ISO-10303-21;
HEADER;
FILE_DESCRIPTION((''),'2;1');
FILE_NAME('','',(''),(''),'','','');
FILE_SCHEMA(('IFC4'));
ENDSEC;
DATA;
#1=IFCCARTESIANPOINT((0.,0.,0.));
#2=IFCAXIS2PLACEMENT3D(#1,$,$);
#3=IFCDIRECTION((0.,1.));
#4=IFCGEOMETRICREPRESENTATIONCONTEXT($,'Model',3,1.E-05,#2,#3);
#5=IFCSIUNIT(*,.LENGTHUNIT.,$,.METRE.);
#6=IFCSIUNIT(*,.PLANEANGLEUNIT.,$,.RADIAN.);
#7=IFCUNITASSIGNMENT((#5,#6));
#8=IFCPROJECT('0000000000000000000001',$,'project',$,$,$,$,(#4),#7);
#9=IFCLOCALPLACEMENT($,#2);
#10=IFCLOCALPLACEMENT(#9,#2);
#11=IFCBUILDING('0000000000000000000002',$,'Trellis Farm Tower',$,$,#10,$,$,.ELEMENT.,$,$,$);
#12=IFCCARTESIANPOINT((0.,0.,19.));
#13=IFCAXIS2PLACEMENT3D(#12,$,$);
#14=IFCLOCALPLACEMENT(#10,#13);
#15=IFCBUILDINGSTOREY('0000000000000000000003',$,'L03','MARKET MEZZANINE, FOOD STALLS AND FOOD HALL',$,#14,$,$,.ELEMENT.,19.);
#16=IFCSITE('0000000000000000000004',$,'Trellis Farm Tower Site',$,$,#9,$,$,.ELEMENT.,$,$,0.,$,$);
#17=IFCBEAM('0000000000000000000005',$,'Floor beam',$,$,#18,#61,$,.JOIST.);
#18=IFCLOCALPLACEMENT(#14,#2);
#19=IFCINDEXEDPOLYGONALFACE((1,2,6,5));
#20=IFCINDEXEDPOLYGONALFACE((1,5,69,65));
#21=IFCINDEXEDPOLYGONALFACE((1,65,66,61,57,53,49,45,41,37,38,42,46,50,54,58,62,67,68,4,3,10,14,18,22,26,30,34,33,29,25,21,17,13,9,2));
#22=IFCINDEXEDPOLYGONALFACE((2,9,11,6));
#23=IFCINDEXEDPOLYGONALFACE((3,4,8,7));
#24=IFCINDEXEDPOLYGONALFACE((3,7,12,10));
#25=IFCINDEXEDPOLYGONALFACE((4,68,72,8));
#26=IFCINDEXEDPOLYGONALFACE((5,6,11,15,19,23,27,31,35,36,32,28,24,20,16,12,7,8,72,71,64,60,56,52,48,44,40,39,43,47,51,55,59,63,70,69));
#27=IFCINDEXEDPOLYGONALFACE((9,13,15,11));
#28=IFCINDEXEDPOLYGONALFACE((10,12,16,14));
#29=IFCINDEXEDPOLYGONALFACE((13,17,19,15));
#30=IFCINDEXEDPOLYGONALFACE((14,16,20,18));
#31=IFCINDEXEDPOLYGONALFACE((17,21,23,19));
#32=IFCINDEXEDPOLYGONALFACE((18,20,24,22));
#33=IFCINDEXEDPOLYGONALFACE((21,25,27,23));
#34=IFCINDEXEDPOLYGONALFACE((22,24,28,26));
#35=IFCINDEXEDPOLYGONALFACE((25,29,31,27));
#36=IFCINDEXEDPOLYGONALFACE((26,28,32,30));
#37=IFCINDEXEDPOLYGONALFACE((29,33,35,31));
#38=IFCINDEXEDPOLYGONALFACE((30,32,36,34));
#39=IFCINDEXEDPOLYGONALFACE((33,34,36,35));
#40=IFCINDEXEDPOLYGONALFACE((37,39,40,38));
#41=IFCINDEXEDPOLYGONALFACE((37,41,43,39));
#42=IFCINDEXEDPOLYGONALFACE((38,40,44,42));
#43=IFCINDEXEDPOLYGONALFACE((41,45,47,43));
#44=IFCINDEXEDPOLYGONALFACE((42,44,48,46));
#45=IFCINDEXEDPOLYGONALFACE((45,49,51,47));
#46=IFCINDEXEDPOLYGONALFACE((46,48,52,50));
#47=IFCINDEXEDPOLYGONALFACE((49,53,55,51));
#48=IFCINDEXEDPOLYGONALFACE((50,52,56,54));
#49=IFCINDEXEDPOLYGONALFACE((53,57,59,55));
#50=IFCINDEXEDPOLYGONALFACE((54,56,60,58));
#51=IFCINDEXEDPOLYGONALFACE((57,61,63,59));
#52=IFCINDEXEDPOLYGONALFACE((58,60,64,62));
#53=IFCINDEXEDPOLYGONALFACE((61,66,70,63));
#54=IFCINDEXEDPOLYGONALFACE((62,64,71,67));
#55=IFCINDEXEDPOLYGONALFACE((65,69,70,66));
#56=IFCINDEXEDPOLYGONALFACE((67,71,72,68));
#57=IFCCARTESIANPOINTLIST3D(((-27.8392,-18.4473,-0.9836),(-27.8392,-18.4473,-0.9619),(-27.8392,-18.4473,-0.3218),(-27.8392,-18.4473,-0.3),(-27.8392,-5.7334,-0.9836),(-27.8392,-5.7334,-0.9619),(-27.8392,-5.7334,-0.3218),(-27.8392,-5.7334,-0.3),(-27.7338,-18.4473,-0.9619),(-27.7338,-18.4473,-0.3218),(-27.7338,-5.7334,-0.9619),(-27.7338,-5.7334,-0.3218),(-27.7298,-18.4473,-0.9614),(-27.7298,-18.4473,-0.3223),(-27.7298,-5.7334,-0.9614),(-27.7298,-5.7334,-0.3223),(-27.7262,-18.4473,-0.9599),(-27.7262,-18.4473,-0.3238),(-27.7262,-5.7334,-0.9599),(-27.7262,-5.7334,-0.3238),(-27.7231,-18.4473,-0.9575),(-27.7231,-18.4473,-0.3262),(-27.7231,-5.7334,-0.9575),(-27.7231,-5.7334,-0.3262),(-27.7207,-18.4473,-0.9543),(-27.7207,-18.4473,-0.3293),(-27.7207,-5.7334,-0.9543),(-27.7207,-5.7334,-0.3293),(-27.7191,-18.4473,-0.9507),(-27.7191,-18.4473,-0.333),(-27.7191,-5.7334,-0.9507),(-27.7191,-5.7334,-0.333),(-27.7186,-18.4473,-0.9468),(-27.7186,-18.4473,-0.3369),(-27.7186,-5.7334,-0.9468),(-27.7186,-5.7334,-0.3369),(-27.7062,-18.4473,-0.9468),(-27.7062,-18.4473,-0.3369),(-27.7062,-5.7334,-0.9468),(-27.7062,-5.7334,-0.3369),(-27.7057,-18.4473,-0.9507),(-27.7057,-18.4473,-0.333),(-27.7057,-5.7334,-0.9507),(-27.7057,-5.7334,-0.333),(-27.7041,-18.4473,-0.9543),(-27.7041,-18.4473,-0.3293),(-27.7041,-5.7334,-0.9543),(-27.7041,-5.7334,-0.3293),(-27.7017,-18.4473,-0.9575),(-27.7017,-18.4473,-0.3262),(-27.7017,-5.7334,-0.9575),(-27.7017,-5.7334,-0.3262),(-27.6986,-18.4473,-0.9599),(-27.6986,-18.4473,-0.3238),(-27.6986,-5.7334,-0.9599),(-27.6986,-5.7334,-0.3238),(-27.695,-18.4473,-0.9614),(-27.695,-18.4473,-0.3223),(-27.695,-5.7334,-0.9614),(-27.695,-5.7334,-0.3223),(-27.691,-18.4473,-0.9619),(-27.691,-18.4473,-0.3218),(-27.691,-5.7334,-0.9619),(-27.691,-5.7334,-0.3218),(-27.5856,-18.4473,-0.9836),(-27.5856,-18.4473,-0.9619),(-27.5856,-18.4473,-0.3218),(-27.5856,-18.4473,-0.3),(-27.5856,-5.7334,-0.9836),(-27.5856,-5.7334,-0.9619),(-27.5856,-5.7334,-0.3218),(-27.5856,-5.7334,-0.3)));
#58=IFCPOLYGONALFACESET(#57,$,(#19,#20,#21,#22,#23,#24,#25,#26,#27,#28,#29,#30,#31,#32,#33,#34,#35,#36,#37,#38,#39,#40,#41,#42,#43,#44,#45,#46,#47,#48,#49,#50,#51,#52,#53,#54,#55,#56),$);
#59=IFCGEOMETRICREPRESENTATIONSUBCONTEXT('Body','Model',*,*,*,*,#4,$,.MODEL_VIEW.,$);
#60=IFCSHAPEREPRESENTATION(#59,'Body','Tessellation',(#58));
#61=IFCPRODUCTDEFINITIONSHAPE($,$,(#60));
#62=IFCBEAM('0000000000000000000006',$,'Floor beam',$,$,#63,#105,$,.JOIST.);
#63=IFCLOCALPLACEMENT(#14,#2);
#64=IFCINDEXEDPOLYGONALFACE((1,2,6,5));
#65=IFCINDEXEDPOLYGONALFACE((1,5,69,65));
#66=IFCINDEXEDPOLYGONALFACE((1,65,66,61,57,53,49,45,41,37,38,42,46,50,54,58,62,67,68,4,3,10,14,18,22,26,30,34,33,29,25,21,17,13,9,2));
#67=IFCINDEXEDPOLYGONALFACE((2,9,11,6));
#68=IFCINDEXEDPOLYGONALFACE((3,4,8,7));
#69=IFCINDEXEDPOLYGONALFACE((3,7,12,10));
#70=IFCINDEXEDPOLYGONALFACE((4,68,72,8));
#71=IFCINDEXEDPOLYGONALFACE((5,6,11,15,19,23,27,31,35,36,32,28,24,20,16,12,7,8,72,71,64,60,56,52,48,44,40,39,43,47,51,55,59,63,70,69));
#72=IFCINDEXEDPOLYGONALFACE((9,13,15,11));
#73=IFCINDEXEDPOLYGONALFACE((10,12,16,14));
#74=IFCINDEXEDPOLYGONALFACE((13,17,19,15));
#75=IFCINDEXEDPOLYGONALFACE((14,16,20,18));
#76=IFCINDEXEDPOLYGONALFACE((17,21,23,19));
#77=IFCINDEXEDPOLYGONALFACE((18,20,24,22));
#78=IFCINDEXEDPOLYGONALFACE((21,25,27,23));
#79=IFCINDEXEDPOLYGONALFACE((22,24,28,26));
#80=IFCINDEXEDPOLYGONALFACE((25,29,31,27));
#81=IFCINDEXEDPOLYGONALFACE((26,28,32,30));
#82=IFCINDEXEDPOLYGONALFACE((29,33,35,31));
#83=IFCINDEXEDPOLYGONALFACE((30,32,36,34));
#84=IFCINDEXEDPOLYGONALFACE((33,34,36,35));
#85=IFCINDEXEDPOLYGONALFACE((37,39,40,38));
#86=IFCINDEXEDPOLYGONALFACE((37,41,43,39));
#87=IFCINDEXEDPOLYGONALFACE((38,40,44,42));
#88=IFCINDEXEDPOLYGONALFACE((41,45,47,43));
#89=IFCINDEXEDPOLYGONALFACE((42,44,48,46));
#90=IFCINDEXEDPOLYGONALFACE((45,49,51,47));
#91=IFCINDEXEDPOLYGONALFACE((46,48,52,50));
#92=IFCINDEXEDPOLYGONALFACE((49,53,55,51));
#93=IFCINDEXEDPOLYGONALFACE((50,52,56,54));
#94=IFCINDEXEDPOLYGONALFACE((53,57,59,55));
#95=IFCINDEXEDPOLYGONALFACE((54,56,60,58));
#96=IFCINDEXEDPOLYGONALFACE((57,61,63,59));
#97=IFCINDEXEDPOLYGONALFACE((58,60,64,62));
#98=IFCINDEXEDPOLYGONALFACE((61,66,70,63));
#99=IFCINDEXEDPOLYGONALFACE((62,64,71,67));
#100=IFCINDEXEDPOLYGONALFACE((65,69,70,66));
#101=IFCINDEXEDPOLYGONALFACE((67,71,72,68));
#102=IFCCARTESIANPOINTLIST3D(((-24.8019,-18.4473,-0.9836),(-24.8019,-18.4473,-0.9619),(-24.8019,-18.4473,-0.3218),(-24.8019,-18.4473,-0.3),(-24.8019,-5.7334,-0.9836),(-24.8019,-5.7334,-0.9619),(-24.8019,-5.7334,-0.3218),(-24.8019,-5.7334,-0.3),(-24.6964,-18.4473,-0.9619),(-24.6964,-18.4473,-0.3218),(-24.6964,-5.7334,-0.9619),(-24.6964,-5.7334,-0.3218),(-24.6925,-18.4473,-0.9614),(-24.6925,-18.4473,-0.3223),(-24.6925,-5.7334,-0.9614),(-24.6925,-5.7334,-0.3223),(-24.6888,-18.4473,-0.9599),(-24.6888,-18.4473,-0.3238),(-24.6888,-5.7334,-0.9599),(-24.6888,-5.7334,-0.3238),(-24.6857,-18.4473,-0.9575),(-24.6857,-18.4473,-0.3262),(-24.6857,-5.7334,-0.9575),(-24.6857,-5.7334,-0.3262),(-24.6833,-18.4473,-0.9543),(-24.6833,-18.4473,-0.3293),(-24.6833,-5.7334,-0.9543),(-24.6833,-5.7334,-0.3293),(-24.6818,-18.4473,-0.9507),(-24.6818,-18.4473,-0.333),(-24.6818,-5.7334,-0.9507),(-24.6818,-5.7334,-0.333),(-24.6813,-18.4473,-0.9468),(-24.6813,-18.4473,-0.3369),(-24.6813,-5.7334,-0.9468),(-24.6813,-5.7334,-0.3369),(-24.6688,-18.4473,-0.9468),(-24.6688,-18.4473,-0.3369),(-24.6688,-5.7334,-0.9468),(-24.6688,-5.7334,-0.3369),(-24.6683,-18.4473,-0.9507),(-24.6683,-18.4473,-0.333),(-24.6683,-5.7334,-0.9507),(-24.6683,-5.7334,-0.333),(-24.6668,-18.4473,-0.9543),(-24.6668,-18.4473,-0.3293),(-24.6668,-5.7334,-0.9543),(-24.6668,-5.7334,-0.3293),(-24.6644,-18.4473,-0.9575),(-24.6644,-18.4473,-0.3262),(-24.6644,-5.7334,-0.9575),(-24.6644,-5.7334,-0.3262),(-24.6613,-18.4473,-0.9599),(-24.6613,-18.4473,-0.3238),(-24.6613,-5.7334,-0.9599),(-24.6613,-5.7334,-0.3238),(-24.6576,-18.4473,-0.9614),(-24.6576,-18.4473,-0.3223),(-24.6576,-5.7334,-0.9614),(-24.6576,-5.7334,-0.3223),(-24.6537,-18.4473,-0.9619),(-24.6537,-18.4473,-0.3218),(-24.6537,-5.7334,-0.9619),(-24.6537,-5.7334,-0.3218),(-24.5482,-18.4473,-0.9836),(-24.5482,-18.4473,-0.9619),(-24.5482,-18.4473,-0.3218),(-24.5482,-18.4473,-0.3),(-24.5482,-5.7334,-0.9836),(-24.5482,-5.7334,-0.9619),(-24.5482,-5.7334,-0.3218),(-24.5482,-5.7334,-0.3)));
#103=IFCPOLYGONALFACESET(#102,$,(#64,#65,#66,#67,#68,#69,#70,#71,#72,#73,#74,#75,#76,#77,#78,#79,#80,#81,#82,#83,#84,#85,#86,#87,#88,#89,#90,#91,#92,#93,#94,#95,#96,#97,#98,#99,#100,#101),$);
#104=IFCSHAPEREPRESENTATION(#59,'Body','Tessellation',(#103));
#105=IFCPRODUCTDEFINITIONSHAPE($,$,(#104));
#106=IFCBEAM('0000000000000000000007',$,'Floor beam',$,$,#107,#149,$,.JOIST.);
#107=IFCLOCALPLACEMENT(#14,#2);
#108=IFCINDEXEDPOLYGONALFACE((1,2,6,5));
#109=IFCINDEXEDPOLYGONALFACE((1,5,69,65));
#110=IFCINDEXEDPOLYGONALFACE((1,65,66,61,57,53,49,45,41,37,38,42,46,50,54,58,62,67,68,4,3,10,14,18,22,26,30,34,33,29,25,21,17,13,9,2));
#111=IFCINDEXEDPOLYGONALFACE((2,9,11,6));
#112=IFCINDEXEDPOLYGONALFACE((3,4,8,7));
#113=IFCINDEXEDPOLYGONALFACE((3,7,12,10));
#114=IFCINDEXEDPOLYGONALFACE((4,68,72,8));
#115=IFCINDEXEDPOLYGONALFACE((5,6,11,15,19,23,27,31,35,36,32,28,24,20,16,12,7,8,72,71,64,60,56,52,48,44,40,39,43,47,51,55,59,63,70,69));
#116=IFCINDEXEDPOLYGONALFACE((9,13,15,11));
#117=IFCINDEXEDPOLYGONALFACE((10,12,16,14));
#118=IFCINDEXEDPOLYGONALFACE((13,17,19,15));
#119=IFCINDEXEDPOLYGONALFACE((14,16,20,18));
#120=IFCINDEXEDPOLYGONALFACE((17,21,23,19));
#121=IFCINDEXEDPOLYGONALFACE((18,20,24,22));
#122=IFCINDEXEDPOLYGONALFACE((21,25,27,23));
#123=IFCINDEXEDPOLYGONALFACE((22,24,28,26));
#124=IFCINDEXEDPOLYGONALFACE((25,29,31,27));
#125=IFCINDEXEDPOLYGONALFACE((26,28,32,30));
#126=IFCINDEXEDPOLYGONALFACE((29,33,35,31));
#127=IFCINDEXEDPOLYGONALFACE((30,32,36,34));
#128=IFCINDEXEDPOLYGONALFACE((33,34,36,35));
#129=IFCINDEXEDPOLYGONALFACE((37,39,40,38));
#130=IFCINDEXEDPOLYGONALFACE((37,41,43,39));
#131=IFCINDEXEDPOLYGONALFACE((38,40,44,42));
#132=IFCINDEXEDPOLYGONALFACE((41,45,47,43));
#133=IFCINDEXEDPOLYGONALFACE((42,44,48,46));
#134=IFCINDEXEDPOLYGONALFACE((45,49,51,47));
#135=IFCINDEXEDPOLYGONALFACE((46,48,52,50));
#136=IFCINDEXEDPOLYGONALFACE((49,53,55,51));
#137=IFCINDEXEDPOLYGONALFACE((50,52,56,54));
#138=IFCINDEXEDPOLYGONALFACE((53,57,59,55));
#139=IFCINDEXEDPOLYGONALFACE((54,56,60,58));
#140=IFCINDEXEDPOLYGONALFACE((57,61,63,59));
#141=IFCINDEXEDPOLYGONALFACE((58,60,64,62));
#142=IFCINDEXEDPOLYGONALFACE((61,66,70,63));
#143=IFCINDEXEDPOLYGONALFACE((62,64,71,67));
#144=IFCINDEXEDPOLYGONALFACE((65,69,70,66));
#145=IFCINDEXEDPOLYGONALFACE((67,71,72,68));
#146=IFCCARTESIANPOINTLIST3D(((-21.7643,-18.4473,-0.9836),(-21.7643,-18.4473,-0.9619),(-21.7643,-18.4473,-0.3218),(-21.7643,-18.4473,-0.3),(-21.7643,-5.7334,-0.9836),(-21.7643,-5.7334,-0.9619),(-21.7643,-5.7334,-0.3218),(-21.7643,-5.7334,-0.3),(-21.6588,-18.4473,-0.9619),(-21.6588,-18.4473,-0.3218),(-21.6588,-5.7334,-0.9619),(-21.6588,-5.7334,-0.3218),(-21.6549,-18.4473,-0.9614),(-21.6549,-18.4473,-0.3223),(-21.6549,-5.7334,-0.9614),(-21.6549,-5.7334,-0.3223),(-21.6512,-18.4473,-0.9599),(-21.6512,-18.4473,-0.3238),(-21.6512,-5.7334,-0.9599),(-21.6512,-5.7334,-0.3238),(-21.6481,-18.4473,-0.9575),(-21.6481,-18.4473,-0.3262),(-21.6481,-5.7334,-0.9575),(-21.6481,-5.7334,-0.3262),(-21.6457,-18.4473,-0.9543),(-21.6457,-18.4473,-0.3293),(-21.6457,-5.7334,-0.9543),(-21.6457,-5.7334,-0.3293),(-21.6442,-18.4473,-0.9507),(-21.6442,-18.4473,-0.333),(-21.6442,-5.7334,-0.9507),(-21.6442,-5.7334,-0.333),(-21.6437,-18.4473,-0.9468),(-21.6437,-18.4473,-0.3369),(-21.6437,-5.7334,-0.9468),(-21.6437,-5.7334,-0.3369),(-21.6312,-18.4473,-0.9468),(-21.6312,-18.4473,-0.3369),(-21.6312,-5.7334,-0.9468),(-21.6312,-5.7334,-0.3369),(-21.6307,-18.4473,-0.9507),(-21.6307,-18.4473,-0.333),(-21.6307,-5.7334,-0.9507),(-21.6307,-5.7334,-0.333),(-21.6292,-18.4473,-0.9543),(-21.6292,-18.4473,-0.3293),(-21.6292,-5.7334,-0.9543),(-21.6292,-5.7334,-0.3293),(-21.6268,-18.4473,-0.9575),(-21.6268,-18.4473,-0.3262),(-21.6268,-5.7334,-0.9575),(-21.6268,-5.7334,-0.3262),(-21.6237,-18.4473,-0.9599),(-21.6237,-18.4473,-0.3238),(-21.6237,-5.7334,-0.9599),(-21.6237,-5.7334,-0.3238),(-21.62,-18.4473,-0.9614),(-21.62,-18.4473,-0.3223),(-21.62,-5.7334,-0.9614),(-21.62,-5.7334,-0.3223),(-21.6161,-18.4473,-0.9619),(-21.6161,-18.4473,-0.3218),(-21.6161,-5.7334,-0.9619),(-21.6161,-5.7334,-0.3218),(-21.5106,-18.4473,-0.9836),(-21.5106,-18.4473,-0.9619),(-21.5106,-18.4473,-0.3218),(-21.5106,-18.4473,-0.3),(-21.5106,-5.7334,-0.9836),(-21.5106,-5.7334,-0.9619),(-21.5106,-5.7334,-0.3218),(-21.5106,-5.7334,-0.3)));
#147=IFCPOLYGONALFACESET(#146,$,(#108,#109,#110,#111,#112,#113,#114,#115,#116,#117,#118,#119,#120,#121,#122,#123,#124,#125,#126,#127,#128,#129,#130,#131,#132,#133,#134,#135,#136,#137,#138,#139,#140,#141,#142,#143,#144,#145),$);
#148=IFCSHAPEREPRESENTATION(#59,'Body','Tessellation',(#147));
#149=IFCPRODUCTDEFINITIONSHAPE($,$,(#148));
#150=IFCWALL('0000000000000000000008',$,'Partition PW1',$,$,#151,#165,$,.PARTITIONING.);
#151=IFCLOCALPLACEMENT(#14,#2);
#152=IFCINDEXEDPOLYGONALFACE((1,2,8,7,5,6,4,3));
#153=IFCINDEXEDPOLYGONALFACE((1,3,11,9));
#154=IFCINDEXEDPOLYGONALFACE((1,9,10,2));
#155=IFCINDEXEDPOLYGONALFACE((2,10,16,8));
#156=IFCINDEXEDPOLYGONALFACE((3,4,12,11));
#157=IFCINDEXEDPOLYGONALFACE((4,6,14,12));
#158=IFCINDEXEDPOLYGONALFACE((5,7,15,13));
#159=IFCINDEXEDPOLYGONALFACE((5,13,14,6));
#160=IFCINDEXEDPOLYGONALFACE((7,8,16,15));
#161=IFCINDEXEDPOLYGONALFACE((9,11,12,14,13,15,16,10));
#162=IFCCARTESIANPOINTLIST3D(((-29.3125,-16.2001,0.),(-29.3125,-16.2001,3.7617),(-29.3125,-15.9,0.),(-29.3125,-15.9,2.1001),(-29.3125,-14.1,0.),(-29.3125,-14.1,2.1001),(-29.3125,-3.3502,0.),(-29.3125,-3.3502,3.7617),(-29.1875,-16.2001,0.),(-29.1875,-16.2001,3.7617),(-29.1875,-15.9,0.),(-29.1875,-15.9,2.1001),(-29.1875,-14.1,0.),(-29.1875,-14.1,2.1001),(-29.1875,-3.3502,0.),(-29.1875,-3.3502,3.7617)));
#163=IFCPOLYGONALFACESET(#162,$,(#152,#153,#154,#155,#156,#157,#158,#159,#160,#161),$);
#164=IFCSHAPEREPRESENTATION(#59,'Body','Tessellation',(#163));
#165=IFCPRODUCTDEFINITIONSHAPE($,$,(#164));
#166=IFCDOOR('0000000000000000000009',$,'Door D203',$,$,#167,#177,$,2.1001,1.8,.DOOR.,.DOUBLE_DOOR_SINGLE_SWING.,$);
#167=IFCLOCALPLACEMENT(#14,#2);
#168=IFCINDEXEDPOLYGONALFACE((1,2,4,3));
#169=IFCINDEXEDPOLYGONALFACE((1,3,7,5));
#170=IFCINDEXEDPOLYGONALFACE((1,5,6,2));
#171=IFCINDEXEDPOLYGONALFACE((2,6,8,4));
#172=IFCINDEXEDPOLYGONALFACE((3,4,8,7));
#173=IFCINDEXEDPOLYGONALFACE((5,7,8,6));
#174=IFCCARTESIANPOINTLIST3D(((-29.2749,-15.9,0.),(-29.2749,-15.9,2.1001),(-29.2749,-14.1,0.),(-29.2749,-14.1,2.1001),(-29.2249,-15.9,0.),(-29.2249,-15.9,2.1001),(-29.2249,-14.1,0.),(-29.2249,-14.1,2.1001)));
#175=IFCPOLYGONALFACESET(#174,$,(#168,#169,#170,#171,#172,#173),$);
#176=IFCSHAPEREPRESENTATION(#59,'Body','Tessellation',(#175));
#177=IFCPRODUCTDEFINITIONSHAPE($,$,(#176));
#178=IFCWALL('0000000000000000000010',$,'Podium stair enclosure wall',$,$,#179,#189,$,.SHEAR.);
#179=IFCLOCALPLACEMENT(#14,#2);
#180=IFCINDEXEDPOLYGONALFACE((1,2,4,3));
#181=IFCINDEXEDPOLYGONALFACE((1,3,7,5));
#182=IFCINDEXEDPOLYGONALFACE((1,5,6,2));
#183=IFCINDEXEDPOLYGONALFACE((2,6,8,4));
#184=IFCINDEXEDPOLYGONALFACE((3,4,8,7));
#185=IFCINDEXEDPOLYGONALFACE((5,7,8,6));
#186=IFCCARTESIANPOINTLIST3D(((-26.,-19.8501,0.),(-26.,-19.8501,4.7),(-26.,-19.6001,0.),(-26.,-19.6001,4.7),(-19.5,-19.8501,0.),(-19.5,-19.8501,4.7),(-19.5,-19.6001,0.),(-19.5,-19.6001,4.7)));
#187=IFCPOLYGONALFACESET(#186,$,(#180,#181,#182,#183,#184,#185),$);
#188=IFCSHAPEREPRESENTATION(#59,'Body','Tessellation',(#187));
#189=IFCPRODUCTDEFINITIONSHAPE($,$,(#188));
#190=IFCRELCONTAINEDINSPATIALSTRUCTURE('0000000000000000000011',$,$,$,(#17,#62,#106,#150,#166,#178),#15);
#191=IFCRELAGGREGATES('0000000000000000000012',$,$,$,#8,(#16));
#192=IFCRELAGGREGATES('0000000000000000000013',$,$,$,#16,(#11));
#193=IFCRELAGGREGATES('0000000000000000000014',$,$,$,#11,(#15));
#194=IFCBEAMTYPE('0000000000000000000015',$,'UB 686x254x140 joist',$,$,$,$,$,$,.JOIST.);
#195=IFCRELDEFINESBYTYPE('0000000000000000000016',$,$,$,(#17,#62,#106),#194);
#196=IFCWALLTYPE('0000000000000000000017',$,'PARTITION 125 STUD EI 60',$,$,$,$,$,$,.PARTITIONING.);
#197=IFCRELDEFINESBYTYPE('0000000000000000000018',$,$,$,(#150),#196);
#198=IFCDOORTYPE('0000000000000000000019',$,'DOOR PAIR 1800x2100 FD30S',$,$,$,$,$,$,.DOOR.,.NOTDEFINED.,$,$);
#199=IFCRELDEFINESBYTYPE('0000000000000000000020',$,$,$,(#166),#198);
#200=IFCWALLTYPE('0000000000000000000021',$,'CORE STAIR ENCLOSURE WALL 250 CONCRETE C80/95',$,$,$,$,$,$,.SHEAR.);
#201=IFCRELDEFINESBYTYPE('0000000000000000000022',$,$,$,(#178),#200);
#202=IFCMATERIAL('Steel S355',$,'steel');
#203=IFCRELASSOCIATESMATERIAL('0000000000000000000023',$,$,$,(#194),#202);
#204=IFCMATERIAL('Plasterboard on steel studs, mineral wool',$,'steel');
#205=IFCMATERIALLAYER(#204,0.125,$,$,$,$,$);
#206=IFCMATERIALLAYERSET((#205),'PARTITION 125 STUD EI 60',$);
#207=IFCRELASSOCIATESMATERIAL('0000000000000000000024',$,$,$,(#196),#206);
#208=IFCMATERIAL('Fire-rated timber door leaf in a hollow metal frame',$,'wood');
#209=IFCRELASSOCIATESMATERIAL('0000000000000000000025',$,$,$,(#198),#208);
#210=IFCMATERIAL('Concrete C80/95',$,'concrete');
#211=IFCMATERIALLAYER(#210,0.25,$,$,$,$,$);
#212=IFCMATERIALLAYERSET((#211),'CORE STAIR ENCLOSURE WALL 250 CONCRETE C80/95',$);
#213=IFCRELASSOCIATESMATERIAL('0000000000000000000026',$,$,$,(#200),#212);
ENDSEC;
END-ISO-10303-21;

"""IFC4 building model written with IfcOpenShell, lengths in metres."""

from ifc_helpers import new_model, si_unit, direction, frame, frame_2d, origin, origin_2d, place, context, subcontext, project, spatial, rectangle, i_section, extrude, source, transform, mapped, material, layer, layer_set, material_profile, profile_set, type_object, element, fill, save


model = new_model("IFC4")

# Units and contexts
model_context = context("Model", 3, precision=1e-05, world=origin(), true_north=direction((0.0, 1.0)))
body_context = subcontext(model_context, "Body", "Model", "MODEL_VIEW")
ifc_project = project(units=[si_unit("LENGTHUNIT", "METRE"), si_unit("PLANEANGLEUNIT", "RADIAN")], contexts=[model_context])

# Site, building, storey
site_placement = place(None, origin())
site = spatial("IfcSite", under=ifc_project, at=site_placement, Name="Trellis Farm Tower Site", CompositionType="ELEMENT", RefElevation=0.0)
building_placement = place(site_placement, origin())
building = spatial("IfcBuilding", under=site, at=building_placement, Name="Trellis Farm Tower", CompositionType="ELEMENT")
storey_placement = place(building_placement, frame((0.0, 0.0, 19.0)))
storey = spatial("IfcBuildingStorey", under=building, at=storey_placement, Name="L03", Description="MARKET MEZZANINE, FOOD STALLS AND FOOD HALL", CompositionType="ELEMENT", Elevation=19.0)

# Shared definitions
ifc_material_1 = material(Name="Concrete C80/95", Category="concrete")

# Beams
ifc_material_2 = material(Name="Steel S355", Category="steel")
ifc_material_profile_1 = material_profile(ifc_material_2, i_section(OverallWidth=0.2537, OverallDepth=0.6836, WebThickness=0.0125, FlangeThickness=0.0217, FilletRadius=0.0151, at=origin_2d()), Name="UB 686x254x140")
ifc_profile_set_1 = profile_set([ifc_material_profile_1], Name="Steel S355")
beam_type_1 = type_object("IfcBeamType", Name="UB 686x254x140 joist", PredefinedType="JOIST", material=ifc_profile_set_1)
shared_shape_1 = source(origin(), body_context, "Body", "SweptSolid", [
    extrude(i_section(OverallWidth=0.2537, OverallDepth=0.6836, WebThickness=0.0125, FlangeThickness=0.0217, FilletRadius=0.0151, at=origin_2d()), origin(), (0.0, 0.0, 1.0), 12.7139),
])
for number, where, z_axis, x_axis, name in (
    (1, (-27.7124, -18.4473, -0.6418), (0.0, 1.0, 0.0), (-1.0, 0.0, 0.0), "Floor beam"),
    (2, (-24.675, -18.4473, -0.6418), (0.0, 1.0, 0.0), (-1.0, 0.0, 0.0), "Floor beam"),
    (3, (-21.6375, -18.4473, -0.6418), (0.0, 1.0, 0.0), (-1.0, 0.0, 0.0), "Floor beam"),
):
    element("IfcBeam", number, at=place(storey_placement, frame(where, z_axis=z_axis, x_axis=x_axis)), inside=storey, type_object=beam_type_1, Name=name, PredefinedType="JOIST", context=body_context, shape_type="MappedRepresentation", body=[
        mapped(shared_shape_1, transform((0.0, 0.0, 0.0))),
    ])

# Wall, opening, door
ifc_material_3 = material(Name="Plasterboard on steel studs, mineral wool", Category="steel")
ifc_layer_1 = layer(ifc_material_3, 0.125)
ifc_layer_set_1 = layer_set([ifc_layer_1], Name="PARTITION 125 STUD EI 60")
wall_type_1 = type_object("IfcWallType", Name="PARTITION 125 STUD EI 60", PredefinedType="PARTITIONING", material=ifc_layer_set_1)
wall_1_placement = place(storey_placement, frame((-29.25, -16.2, 0.0), z_axis=(0.0, 0.0, 1.0), x_axis=(0.0, 1.0, 0.0)))
wall_1 = element("IfcWall", 4, at=wall_1_placement, inside=storey, type_object=wall_type_1, Name="Partition PW1", PredefinedType="PARTITIONING", context=body_context, shape_type="SweptSolid", body=[
    extrude(rectangle(XDim=12.8499, YDim=0.125, at=frame_2d((6.4248, 0.0))), origin(), (0.0, 0.0, 1.0), 3.7617),
])
shared_shape_2 = source(origin(), body_context, "Body", "SweptSolid", [
    extrude(rectangle(XDim=1.8, YDim=2.1001, at=frame_2d((0.8999, 1.05))), frame((0.0, 0.0725, 0.0), z_axis=(0.0, -1.0, 0.0), x_axis=(1.0, 0.0, 0.0)), (0.0, 0.0, 1.0), 0.145),
])
opening_placement = place(wall_1_placement, frame((0.3, 0.0, 0.0)))
opening = element("IfcOpeningElement", 5, at=opening_placement, cuts=wall_1, PredefinedType="OPENING", context=body_context, shape_type="MappedRepresentation", body=[
    mapped(shared_shape_2, transform((0.0, 0.0, 0.0))),
])
ifc_material_4 = material(Name="Fire-rated timber door leaf in a hollow metal frame", Category="wood")
door_type = type_object("IfcDoorType", Name="DOOR PAIR 1800x2100 FD30S", OperationType="NOTDEFINED", PredefinedType="DOOR", material=ifc_material_4)
shared_shape_3 = source(origin(), body_context, "Body", "SweptSolid", [
    extrude(rectangle(XDim=1.8, YDim=2.1001, at=frame_2d((0.8999, 1.05))), frame((0.0, 0.0249, 0.0), z_axis=(0.0, -1.0, 0.0), x_axis=(1.0, 0.0, 0.0)), (0.0, 0.0, 1.0), 0.05),
])
door_placement = place(opening_placement, origin())
door = element("IfcDoor", 6, at=door_placement, inside=storey, type_object=door_type, Name="Door D203", OperationType="DOUBLE_DOOR_SINGLE_SWING", OverallHeight=2.1001, OverallWidth=1.8, PredefinedType="DOOR", context=body_context, shape_type="MappedRepresentation", body=[
    mapped(shared_shape_3, transform((0.0, 0.0, 0.0))),
])
fill(opening, door)

# Wall
ifc_layer_2 = layer(ifc_material_1, 0.25)
ifc_layer_set_2 = layer_set([ifc_layer_2], Name="CORE STAIR ENCLOSURE WALL 250 CONCRETE C80/95")
wall_type_2 = type_object("IfcWallType", Name="CORE STAIR ENCLOSURE WALL 250 CONCRETE C80/95", PredefinedType="SHEAR", material=ifc_layer_set_2)
shared_shape_4 = source(origin(), body_context, "Body", "SweptSolid", [
    extrude(rectangle(XDim=6.5, YDim=0.25, at=frame_2d((3.25, 0.0))), origin(), (0.0, 0.0, 1.0), 4.7),
])
wall_2_placement = place(storey_placement, frame((-26.0, -19.7251, 0.0), z_axis=(0.0, 0.0, 1.0), x_axis=(1.0, 0.0, 0.0)))
element("IfcWall", 7, at=wall_2_placement, inside=storey, type_object=wall_type_2, Name="Podium stair enclosure wall", PredefinedType="SHEAR", context=body_context, shape_type="MappedRepresentation", body=[
    mapped(shared_shape_4, transform((0.0, 0.0, 0.0))),
])

save(model, "model.ifc")
